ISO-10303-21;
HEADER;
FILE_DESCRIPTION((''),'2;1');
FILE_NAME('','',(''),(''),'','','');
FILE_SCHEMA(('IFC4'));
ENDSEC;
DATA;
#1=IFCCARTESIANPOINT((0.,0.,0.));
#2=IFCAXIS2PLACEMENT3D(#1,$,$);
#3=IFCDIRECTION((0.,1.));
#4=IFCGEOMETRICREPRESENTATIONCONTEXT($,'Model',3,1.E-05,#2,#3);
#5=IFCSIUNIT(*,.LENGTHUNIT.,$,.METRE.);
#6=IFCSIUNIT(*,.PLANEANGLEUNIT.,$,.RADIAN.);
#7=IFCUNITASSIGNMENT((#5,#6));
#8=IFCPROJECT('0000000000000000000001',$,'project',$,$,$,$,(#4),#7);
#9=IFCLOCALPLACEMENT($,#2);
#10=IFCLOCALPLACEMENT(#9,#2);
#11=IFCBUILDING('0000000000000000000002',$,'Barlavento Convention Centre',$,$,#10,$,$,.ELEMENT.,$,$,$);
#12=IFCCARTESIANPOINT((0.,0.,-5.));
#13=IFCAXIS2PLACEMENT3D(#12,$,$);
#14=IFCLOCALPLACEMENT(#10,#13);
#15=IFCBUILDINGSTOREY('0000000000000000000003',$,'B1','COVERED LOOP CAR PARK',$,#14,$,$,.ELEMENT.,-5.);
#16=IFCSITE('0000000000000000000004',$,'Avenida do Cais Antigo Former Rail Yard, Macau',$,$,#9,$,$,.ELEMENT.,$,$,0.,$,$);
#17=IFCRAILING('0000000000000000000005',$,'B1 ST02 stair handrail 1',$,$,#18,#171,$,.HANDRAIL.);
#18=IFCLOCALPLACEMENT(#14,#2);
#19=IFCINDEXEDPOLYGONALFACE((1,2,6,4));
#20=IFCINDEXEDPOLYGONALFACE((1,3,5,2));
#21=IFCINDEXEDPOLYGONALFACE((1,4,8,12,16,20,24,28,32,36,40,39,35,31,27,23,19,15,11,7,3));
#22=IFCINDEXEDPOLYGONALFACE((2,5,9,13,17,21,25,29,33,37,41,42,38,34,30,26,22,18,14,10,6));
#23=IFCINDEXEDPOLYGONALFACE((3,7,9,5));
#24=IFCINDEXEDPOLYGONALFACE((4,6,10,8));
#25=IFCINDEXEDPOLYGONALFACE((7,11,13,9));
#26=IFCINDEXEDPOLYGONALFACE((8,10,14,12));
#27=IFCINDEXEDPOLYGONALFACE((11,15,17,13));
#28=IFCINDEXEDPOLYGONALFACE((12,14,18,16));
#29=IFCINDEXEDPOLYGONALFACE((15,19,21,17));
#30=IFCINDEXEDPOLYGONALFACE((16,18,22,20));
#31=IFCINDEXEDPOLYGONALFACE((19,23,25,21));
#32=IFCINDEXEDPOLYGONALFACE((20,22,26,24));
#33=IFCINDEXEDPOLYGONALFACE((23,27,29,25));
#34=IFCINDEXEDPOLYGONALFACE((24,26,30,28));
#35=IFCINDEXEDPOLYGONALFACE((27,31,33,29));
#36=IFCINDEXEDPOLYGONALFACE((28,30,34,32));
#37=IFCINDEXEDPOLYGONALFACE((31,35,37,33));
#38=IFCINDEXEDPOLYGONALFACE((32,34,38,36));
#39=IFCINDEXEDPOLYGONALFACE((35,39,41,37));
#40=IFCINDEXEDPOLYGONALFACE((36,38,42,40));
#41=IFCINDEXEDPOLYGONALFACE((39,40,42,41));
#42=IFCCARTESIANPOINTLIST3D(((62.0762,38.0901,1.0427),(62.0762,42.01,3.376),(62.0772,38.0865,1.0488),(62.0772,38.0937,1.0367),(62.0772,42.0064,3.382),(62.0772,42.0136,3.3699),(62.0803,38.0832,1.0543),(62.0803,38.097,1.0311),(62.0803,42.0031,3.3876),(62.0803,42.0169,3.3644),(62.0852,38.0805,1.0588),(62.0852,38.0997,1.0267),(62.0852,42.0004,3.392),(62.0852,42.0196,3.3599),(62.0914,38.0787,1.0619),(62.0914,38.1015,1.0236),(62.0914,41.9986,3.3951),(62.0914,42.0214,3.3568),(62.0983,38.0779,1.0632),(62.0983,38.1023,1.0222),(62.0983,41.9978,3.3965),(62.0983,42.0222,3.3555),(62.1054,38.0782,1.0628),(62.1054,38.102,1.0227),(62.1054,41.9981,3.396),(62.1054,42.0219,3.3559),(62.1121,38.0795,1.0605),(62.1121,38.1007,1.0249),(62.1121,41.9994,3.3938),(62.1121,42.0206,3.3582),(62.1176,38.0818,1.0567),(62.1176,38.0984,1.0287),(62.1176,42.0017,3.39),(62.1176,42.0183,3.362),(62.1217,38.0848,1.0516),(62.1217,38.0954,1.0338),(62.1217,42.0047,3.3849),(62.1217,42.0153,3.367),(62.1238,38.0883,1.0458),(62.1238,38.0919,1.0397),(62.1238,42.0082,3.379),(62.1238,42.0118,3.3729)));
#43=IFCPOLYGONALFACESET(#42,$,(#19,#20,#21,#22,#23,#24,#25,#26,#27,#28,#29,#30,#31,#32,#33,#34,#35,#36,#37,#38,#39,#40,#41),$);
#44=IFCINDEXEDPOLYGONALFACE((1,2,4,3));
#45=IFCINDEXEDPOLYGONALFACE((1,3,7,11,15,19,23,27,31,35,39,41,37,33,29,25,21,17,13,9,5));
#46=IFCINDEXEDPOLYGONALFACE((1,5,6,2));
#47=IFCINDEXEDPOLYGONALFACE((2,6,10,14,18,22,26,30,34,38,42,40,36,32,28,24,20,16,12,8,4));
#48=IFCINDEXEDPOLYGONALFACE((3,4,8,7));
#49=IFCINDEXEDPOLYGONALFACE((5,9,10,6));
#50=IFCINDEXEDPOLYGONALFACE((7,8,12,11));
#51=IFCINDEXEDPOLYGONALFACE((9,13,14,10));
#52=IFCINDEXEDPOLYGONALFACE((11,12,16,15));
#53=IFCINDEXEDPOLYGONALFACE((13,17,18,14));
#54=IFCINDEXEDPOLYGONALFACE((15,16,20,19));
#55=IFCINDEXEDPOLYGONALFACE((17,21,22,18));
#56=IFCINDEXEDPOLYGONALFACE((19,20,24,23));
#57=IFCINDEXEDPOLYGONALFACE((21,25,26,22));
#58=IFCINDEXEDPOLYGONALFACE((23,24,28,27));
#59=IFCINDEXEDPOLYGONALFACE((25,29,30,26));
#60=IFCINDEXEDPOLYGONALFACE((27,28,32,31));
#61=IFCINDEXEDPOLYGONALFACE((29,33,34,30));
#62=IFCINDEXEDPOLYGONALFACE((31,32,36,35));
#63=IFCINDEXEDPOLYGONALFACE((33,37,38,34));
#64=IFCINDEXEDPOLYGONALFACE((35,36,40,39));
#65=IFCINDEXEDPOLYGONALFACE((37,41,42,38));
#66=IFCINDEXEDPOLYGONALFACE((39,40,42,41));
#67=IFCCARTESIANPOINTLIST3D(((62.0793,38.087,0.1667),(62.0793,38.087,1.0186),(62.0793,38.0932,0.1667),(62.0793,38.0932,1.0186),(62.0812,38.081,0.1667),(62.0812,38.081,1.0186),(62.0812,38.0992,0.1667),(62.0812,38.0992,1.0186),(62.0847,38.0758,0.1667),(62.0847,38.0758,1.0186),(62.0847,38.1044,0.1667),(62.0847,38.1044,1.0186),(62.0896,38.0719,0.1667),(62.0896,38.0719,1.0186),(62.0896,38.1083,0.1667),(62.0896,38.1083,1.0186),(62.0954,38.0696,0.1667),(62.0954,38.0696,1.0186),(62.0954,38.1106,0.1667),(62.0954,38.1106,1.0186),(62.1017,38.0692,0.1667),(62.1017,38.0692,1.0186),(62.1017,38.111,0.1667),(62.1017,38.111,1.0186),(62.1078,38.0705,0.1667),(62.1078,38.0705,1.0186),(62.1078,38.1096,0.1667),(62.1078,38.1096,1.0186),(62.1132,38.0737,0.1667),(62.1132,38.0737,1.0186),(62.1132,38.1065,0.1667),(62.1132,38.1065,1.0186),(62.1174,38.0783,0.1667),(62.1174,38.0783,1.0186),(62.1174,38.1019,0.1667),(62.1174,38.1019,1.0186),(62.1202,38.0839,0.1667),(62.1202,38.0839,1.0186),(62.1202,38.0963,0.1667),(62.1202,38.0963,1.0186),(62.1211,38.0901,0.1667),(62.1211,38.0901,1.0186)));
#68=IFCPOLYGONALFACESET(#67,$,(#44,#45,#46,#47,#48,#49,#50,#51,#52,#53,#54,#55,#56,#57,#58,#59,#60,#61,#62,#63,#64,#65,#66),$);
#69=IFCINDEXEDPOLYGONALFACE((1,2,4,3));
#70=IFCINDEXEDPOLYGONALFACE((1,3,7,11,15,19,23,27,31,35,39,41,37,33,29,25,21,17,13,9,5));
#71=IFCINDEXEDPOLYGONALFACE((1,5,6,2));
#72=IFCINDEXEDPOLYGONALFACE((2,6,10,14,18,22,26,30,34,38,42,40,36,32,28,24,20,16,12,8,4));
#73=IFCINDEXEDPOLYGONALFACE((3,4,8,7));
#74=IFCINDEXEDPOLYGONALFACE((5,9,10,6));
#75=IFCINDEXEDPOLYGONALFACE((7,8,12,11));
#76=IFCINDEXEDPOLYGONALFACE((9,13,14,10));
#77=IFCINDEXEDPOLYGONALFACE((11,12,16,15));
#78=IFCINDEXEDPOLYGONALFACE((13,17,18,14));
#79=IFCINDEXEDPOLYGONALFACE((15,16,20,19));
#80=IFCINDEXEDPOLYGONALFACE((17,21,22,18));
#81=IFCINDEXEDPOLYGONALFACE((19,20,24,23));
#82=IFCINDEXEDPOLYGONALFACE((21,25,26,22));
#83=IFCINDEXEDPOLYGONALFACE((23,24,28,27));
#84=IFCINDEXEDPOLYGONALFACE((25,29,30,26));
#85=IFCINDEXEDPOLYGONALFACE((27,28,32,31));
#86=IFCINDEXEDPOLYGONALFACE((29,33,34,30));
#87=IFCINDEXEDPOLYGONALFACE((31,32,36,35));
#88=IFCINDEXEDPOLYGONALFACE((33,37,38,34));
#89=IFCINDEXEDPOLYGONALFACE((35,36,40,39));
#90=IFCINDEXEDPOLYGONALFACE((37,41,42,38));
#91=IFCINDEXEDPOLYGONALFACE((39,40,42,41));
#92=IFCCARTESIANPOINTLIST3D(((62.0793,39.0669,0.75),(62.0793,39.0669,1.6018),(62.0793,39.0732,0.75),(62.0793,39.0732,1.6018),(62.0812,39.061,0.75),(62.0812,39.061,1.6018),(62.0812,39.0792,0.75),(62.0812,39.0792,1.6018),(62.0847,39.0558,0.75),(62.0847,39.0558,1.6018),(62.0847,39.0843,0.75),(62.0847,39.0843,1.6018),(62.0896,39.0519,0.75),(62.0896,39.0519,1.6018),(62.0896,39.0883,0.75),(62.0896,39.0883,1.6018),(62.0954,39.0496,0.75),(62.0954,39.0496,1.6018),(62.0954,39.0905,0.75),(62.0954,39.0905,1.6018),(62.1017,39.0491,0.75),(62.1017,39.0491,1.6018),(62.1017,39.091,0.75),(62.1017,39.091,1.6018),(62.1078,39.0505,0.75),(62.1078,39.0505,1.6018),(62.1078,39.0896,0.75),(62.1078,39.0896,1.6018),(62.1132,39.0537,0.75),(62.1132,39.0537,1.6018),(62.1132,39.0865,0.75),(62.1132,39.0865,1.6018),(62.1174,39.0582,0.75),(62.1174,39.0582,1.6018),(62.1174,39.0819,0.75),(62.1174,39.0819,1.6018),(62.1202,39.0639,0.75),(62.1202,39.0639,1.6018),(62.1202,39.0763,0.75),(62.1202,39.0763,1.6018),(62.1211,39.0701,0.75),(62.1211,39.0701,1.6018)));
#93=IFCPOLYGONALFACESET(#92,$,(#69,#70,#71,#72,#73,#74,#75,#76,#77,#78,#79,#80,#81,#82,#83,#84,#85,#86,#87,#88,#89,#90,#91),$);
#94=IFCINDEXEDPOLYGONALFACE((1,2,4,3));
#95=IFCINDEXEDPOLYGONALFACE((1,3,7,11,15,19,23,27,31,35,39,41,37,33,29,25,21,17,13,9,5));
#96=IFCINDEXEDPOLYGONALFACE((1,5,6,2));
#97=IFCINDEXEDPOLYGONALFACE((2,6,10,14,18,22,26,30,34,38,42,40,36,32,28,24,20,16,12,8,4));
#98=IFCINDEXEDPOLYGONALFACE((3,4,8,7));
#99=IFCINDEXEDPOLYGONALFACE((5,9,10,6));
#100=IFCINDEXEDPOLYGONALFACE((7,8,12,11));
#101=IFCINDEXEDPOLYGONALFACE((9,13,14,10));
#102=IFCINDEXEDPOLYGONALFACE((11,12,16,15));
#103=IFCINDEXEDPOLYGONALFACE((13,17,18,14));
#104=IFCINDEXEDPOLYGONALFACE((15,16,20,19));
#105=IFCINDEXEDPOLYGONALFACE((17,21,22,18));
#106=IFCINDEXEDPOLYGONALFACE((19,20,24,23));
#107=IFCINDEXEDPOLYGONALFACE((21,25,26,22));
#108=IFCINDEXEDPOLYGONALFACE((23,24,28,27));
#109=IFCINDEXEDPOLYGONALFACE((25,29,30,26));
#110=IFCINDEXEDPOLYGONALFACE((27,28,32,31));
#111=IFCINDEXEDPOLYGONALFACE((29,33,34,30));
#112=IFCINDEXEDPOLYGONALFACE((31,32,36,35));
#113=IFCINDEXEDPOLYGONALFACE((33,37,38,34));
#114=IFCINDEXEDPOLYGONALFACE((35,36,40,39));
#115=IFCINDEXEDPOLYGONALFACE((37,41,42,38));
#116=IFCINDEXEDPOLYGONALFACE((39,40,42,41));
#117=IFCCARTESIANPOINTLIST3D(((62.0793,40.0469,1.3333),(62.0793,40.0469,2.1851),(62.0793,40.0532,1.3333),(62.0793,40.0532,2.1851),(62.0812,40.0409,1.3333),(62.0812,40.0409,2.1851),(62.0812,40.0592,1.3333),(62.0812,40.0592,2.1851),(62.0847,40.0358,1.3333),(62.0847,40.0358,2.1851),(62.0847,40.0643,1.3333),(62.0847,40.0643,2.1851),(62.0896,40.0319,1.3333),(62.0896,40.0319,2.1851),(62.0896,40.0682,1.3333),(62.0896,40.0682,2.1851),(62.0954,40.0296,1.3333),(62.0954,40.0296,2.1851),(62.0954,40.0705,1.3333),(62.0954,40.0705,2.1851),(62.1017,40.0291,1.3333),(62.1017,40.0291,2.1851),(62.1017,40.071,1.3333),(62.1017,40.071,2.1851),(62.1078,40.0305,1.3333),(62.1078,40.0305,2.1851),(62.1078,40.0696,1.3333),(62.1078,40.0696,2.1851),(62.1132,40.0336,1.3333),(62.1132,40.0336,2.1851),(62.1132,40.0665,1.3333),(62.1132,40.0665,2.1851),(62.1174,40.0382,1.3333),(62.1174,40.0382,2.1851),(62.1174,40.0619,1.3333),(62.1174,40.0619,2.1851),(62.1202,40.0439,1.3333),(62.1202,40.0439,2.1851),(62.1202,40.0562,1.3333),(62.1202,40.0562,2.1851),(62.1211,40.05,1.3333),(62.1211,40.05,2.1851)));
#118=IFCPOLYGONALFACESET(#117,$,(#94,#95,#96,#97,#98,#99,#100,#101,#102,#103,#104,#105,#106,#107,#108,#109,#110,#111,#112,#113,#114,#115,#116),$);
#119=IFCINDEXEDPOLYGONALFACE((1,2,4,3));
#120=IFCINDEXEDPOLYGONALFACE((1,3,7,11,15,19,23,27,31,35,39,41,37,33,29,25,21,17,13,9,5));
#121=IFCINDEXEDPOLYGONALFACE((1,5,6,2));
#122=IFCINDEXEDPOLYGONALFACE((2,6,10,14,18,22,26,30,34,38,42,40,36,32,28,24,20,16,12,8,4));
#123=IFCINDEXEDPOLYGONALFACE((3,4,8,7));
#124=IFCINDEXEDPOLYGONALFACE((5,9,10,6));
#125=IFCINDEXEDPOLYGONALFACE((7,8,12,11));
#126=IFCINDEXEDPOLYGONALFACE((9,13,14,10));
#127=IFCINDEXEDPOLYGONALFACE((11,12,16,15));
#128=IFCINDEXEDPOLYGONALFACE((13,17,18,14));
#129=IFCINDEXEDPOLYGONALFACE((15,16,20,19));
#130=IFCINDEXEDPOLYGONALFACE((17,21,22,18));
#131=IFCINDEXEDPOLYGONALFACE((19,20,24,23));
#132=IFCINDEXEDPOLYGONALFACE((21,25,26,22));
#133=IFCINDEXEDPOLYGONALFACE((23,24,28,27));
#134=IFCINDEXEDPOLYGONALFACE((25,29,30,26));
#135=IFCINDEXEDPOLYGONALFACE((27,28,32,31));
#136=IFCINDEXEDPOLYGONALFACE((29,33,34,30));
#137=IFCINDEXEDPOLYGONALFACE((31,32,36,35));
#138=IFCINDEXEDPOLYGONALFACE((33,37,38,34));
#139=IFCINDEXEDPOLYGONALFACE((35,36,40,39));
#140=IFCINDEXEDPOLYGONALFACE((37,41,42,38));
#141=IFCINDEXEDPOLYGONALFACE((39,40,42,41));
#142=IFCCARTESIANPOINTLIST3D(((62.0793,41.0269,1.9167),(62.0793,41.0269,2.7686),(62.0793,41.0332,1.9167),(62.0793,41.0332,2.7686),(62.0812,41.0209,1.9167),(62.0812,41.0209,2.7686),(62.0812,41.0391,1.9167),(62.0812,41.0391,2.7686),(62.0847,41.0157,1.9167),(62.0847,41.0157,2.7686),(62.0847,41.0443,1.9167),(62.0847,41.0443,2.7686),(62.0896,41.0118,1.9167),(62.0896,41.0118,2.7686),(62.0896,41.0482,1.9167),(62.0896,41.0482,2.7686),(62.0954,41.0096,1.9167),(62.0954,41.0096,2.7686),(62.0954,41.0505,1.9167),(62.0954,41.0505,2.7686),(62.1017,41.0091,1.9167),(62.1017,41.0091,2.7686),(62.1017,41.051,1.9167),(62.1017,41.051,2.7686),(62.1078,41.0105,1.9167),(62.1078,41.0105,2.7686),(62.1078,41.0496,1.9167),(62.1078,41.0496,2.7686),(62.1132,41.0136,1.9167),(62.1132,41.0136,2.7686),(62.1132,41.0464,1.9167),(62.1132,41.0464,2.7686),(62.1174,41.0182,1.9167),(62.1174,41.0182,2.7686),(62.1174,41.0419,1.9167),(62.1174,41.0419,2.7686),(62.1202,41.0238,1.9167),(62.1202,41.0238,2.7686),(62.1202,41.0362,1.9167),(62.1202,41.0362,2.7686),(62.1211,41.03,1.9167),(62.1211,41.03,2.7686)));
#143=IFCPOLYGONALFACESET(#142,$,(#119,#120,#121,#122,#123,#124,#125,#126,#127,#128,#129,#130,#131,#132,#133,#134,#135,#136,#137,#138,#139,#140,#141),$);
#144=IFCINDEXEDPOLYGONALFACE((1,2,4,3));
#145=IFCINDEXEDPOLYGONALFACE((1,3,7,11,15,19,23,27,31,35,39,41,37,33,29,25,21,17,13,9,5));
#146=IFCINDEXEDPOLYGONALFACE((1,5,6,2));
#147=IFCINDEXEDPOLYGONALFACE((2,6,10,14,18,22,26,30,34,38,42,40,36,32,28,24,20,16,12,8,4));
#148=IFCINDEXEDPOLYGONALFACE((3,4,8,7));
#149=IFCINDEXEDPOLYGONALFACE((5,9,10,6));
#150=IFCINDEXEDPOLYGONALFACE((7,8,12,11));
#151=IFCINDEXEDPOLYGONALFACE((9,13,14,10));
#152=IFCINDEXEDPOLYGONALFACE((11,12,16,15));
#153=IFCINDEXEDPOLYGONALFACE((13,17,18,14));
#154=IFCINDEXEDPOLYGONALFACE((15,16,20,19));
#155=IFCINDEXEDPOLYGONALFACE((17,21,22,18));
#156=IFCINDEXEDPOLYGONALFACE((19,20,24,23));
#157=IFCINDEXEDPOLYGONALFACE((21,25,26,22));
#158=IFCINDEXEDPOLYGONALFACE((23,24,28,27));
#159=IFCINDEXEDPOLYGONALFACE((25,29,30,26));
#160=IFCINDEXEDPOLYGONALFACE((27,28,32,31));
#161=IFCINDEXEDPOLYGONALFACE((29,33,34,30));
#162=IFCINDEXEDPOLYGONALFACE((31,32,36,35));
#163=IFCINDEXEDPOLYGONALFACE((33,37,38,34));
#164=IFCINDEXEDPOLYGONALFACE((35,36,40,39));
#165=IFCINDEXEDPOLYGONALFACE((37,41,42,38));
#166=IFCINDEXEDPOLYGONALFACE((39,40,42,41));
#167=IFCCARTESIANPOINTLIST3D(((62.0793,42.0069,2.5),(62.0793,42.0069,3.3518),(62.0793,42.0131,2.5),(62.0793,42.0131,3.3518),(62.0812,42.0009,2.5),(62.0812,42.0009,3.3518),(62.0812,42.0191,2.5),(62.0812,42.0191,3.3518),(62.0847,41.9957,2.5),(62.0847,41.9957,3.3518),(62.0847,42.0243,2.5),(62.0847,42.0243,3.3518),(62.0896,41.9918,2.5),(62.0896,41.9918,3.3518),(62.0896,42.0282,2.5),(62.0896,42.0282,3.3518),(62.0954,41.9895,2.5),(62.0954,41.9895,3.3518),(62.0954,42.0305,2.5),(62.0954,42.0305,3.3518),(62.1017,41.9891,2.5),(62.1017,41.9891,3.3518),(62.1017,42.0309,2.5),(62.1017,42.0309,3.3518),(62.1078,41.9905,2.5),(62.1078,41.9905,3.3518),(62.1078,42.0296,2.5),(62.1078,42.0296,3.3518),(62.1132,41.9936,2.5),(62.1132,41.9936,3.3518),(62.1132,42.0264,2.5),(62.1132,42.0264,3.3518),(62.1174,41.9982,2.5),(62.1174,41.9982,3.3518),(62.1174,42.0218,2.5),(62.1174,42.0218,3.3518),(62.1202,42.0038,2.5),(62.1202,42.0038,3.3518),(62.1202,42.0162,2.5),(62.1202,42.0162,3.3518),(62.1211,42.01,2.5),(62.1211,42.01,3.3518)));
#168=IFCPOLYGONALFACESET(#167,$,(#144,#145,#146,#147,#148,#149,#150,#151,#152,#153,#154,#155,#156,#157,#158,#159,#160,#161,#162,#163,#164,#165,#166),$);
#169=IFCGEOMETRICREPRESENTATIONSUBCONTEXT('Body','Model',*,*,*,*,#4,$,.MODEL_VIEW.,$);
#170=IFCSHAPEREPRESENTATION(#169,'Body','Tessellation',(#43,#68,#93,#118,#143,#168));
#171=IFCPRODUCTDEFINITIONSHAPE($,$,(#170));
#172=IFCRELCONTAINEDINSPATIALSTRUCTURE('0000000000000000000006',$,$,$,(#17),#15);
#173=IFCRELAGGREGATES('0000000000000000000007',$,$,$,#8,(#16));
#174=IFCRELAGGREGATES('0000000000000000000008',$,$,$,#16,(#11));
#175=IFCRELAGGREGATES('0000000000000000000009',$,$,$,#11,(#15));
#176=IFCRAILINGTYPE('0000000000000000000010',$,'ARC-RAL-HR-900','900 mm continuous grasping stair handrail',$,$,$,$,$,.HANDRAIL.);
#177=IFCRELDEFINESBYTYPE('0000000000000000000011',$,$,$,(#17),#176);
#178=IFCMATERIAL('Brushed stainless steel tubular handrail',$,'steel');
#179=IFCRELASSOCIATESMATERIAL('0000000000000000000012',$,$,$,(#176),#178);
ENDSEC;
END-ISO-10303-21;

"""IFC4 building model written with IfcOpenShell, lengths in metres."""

from ifc_helpers import new_model, si_unit, direction, frame, origin, origin_2d, place, context, subcontext, project, spatial, circle, extrude, material, type_object, element, save


model = new_model("IFC4")

# Units and contexts
model_context = context("Model", 3, precision=1e-05, world=origin(), true_north=direction((0.0, 1.0)))
body_context = subcontext(model_context, "Body", "Model", "MODEL_VIEW")
ifc_project = project(units=[si_unit("LENGTHUNIT", "METRE"), si_unit("PLANEANGLEUNIT", "RADIAN")], contexts=[model_context])

# Site, building, storey
site_placement = place(None, origin())
site = spatial("IfcSite", under=ifc_project, at=site_placement, Name="Avenida do Cais Antigo Former Rail Yard, Macau", CompositionType="ELEMENT", RefElevation=0.0)
building_placement = place(site_placement, origin())
building = spatial("IfcBuilding", under=site, at=building_placement, Name="Barlavento Convention Centre", CompositionType="ELEMENT")
storey_placement = place(building_placement, frame((0.0, 0.0, -5.0)))
storey = spatial("IfcBuildingStorey", under=building, at=storey_placement, Name="B1", Description="COVERED LOOP CAR PARK", CompositionType="ELEMENT", Elevation=-5.0)

# Railing
ifc_material_1 = material(Name="Brushed stainless steel tubular handrail", Category="steel")
railing_type_1 = type_object("IfcRailingType", Name="ARC-RAL-HR-900", Description="900 mm continuous grasping stair handrail", PredefinedType="HANDRAIL", material=ifc_material_1)
railing_1_placement = place(storey_placement, frame((62.1001, 38.0901, 0.1667)))
element("IfcRailing", 1, at=railing_1_placement, inside=storey, type_object=railing_type_1, Name="B1 ST02 stair handrail 1", PredefinedType="HANDRAIL", context=body_context, shape_type="SweptSolid", body=[
    extrude(circle(Radius=0.0239, at=origin_2d()), frame((0.0, 0.0, 0.876), z_axis=(0.0, 0.859296, 0.511478), x_axis=(-1.0, 0.0, 0.0)), (0.0, 0.0, 1.0), 4.5618),
    extrude(circle(Radius=0.021, at=origin_2d()), origin(), (0.0, 0.0, 1.0), 0.8518),
    extrude(circle(Radius=0.021, at=origin_2d()), frame((0.0, 0.98, 0.5833)), (0.0, 0.0, 1.0), 0.8518),
    extrude(circle(Radius=0.021, at=origin_2d()), frame((0.0, 1.96, 1.1665)), (0.0, 0.0, 1.0), 0.8518),
    extrude(circle(Radius=0.021, at=origin_2d()), frame((0.0, 2.9399, 1.75)), (0.0, 0.0, 1.0), 0.8518),
    extrude(circle(Radius=0.021, at=origin_2d()), frame((0.0, 3.9199, 2.3333)), (0.0, 0.0, 1.0), 0.8518),
])

save(model, "model.ifc")
